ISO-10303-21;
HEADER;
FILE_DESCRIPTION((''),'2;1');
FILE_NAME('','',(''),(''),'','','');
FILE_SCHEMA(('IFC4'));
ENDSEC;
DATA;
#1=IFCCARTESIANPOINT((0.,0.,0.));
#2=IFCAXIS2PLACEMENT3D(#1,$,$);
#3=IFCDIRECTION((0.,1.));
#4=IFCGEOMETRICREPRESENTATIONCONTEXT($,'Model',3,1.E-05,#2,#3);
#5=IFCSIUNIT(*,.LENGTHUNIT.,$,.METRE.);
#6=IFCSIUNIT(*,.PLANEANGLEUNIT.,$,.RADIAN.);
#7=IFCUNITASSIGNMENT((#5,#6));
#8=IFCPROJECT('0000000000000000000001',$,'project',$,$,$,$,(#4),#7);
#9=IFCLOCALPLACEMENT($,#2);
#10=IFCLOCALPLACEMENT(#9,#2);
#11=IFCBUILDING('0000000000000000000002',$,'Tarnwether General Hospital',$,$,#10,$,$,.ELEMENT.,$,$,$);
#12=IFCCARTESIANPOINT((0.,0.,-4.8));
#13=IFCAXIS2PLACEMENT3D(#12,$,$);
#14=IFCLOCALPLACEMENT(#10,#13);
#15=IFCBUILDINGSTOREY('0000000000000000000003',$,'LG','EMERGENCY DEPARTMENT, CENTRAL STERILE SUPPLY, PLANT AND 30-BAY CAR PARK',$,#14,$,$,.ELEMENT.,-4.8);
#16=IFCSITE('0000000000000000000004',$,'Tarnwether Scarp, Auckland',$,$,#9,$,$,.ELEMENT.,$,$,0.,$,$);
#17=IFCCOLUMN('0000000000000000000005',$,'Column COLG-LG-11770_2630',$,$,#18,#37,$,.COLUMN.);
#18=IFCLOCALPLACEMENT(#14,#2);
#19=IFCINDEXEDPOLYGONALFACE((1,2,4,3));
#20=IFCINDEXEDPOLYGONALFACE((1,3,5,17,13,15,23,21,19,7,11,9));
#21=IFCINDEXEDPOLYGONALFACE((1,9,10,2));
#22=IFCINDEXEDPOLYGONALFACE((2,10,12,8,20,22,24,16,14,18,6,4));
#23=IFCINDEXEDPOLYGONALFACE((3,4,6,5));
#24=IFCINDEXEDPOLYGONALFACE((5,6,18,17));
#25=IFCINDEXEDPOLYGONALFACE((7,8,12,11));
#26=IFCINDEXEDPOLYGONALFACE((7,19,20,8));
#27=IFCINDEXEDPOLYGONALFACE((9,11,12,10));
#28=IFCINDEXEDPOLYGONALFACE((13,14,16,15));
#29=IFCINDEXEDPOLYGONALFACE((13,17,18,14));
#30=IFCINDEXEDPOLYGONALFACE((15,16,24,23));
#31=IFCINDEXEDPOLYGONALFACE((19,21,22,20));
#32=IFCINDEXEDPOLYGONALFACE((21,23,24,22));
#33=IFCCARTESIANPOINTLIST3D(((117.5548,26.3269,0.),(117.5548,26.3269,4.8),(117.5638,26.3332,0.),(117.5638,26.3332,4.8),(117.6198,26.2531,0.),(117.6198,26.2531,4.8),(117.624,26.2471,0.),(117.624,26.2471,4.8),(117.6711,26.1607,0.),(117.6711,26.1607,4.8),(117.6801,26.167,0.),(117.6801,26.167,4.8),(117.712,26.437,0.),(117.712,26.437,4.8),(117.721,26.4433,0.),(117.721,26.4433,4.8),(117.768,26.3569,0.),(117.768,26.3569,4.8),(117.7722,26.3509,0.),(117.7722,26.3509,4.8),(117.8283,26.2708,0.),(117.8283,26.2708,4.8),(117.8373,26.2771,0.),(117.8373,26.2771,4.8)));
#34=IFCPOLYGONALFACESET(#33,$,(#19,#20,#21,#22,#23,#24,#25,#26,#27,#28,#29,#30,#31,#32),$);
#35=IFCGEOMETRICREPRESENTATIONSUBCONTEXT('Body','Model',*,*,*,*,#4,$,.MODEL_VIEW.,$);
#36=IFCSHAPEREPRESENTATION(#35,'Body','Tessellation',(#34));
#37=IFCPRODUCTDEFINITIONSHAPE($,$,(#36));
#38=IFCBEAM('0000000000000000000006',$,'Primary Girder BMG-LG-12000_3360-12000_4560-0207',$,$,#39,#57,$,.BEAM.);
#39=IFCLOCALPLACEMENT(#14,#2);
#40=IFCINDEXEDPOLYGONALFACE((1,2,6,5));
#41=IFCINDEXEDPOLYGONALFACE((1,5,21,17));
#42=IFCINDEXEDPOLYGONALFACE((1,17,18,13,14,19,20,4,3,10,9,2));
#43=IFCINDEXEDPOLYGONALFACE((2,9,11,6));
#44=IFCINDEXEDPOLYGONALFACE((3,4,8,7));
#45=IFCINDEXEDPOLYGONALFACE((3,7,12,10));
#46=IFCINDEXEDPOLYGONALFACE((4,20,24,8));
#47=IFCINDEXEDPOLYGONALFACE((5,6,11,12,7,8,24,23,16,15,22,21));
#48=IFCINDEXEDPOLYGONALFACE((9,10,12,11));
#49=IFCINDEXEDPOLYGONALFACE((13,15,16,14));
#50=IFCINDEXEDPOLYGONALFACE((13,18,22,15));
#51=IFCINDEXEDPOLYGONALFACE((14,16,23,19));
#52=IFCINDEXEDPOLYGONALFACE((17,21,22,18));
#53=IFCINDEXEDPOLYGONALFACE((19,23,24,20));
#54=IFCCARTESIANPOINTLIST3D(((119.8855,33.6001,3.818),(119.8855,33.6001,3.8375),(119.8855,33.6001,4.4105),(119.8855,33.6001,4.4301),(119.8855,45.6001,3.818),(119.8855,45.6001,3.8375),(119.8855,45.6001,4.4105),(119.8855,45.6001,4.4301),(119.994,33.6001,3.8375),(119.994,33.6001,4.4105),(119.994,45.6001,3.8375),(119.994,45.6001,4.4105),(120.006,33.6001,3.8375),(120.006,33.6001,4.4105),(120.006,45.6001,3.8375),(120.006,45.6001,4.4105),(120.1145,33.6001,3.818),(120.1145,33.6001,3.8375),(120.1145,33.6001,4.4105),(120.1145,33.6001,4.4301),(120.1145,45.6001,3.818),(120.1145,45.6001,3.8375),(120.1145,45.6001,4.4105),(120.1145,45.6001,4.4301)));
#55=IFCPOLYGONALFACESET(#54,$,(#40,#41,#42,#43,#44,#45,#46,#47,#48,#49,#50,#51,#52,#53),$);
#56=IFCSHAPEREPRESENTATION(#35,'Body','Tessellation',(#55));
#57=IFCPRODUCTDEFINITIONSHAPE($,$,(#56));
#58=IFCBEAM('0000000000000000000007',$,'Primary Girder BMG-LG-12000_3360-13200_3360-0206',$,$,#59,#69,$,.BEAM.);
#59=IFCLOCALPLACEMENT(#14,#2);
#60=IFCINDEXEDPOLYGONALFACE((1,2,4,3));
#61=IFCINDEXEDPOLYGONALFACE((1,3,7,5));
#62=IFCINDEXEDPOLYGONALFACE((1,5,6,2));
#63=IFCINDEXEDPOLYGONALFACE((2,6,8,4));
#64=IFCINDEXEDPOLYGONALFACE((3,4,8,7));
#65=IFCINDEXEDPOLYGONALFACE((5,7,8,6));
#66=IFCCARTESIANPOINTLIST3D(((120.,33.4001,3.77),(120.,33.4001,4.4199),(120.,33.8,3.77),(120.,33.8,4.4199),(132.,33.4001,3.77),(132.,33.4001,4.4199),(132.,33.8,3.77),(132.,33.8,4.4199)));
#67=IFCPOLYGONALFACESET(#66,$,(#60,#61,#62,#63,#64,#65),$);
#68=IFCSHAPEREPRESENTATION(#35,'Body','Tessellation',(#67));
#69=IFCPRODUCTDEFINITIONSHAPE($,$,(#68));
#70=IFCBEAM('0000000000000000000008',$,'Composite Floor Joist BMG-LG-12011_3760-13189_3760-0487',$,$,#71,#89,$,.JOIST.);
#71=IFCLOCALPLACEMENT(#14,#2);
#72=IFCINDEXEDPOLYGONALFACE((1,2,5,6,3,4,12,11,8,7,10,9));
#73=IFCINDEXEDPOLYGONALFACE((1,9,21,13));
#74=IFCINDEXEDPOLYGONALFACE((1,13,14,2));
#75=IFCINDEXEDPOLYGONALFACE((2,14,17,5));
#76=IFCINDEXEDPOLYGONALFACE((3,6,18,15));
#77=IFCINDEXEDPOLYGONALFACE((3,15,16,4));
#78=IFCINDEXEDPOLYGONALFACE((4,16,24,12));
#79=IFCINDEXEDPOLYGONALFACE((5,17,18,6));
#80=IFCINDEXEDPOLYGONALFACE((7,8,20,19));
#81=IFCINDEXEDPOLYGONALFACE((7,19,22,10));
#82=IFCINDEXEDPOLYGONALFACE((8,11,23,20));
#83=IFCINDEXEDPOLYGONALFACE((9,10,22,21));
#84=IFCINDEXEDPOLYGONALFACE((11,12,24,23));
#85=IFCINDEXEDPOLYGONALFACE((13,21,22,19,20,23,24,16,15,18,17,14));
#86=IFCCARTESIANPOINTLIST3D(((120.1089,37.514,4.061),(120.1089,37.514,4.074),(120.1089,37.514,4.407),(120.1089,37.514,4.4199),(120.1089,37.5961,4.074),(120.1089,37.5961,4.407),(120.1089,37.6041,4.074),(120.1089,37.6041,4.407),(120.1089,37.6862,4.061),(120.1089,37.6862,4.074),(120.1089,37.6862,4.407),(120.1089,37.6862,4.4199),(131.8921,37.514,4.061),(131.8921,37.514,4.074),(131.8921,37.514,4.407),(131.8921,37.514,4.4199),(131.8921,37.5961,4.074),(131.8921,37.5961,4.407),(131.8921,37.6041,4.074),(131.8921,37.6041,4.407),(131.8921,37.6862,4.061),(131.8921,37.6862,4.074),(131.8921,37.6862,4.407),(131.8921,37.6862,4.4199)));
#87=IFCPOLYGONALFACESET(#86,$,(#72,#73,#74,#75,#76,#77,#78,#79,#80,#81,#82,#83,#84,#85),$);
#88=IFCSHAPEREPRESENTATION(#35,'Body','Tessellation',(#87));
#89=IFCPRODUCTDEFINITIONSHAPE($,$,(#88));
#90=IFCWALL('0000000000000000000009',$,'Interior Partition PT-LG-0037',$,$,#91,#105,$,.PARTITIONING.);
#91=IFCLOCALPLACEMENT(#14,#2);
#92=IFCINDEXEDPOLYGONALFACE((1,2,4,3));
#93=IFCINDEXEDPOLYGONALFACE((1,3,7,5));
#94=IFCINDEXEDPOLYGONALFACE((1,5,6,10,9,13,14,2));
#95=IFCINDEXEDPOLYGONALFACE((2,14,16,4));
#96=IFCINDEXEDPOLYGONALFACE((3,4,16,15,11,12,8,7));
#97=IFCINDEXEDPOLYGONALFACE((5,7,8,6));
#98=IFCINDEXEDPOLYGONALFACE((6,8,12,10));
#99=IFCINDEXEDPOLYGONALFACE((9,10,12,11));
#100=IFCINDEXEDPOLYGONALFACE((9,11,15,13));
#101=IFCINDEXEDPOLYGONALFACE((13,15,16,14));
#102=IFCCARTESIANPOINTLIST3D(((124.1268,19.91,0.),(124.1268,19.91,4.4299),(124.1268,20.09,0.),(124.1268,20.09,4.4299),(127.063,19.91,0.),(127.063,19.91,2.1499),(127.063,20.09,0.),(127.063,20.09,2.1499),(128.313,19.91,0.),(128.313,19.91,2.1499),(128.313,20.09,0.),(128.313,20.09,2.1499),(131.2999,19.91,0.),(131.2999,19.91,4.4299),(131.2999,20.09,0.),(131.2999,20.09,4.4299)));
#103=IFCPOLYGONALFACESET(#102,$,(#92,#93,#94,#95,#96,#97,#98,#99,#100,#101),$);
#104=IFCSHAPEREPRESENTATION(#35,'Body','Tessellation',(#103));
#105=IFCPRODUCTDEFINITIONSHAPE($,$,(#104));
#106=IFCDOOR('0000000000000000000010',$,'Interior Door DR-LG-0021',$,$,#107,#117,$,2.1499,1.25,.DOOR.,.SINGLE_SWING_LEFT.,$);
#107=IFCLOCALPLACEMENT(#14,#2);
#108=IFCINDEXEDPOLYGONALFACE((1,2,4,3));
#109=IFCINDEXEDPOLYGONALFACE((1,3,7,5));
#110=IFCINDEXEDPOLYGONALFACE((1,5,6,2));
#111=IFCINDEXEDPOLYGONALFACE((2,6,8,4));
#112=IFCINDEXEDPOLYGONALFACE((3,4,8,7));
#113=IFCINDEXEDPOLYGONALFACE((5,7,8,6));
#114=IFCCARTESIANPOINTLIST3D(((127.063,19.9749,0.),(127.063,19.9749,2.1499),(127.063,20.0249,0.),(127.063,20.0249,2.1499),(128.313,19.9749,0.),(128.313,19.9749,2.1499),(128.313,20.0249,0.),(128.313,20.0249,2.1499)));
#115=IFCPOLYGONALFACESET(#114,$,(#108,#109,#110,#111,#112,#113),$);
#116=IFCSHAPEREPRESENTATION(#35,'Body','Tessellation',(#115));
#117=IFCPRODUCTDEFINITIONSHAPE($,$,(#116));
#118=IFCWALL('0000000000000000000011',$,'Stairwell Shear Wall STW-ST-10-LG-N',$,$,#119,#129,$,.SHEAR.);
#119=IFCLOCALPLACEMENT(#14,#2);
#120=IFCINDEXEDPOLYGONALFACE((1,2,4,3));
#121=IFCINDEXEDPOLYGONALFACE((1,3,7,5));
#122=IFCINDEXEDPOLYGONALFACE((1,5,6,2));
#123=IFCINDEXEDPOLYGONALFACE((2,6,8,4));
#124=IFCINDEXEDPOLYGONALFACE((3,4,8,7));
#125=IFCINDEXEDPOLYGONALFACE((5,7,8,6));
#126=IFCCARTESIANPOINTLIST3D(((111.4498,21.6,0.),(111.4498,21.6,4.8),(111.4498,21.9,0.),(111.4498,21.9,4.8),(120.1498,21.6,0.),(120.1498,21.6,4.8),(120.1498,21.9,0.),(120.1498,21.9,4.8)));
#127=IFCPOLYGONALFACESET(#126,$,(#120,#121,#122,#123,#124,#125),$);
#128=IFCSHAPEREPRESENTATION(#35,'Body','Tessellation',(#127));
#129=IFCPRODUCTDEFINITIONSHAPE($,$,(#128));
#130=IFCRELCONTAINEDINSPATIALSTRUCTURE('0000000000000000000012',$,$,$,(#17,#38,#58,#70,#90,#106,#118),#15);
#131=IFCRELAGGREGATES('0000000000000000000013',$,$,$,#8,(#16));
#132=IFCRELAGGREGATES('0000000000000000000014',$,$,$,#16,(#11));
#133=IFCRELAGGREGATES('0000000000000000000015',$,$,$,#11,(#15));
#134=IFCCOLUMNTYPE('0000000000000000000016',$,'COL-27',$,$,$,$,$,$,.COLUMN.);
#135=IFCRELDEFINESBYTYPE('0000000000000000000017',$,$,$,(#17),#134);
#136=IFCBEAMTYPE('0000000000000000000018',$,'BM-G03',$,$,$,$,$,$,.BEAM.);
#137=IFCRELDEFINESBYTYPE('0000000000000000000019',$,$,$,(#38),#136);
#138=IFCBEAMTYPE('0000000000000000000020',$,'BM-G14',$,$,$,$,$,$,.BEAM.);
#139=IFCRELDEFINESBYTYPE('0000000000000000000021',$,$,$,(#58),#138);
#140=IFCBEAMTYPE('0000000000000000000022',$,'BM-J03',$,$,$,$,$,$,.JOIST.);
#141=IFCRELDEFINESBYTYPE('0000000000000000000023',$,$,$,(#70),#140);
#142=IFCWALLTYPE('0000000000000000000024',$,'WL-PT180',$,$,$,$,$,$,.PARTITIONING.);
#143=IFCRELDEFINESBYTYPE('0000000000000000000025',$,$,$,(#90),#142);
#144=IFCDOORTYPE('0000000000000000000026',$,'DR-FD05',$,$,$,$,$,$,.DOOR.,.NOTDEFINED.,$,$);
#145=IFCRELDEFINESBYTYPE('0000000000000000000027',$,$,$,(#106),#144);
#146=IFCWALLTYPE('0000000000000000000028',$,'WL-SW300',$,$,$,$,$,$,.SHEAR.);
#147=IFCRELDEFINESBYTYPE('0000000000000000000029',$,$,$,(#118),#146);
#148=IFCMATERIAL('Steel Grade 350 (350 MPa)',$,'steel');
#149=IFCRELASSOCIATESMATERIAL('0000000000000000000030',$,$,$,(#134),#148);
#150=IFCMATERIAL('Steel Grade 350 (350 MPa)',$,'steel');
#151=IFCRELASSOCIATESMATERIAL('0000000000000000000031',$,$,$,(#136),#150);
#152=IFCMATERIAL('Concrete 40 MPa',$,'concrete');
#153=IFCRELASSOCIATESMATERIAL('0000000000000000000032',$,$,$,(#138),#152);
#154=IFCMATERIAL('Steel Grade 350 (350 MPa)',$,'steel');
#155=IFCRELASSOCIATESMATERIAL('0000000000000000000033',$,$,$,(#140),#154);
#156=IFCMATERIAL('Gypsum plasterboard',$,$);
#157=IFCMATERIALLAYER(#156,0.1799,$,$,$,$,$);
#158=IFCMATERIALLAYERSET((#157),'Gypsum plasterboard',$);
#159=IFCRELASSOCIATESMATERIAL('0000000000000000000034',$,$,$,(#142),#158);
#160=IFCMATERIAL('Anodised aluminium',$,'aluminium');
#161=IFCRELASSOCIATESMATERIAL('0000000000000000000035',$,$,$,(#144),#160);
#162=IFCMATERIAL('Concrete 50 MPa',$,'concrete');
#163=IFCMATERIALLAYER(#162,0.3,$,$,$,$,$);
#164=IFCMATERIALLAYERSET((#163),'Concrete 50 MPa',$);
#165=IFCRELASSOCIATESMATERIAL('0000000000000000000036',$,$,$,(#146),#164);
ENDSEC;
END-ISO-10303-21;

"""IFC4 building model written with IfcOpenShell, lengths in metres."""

from ifc_helpers import new_model, si_unit, direction, frame, frame_2d, origin, origin_2d, place, context, subcontext, project, spatial, rectangle, i_section, extrude, material, layer, layer_set, material_profile, profile_set, type_object, element, fill, save


model = new_model("IFC4")

# Units and contexts
model_context = context("Model", 3, precision=1e-05, world=origin(), true_north=direction((0.0, 1.0)))
body_context = subcontext(model_context, "Body", "Model", "MODEL_VIEW")
ifc_project = project(units=[si_unit("LENGTHUNIT", "METRE"), si_unit("PLANEANGLEUNIT", "RADIAN")], contexts=[model_context])

# Site, building, storey
site_placement = place(None, origin())
site = spatial("IfcSite", under=ifc_project, at=site_placement, Name="Tarnwether Scarp, Auckland", CompositionType="ELEMENT", RefElevation=0.0)
building_placement = place(site_placement, origin())
building = spatial("IfcBuilding", under=site, at=building_placement, Name="Tarnwether General Hospital", CompositionType="ELEMENT")
storey_placement = place(building_placement, frame((0.0, 0.0, -4.8)))
storey = spatial("IfcBuildingStorey", under=building, at=storey_placement, Name="LG", Description="EMERGENCY DEPARTMENT, CENTRAL STERILE SUPPLY, PLANT AND 30-BAY CAR PARK", CompositionType="ELEMENT", Elevation=-4.8)

# Column
ifc_material_1 = material(Name="Steel Grade 350 (350 MPa)", Category="steel")
ifc_material_profile_1 = material_profile(ifc_material_1, i_section(OverallWidth=0.2029, OverallDepth=0.2029, WebThickness=0.0073, FlangeThickness=0.011, at=origin_2d()), Name="200UC46.2")
ifc_profile_set_1 = profile_set([ifc_material_profile_1], Name="Steel Grade 350 (350 MPa)")
column_type_1 = type_object("IfcColumnType", Name="COL-27", PredefinedType="COLUMN", material=ifc_profile_set_1)
column_1_placement = place(storey_placement, frame((117.696, 26.302, 0.0), z_axis=(0.0, 0.0, 1.0), x_axis=(-0.573576, 0.819152, 0.0)))
element("IfcColumn", 1, at=column_1_placement, inside=storey, type_object=column_type_1, Name="Column COLG-LG-11770_2630", PredefinedType="COLUMN", context=body_context, shape_type="SweptSolid", body=[
    extrude(i_section(OverallWidth=0.2029, OverallDepth=0.2029, WebThickness=0.0073, FlangeThickness=0.011, at=origin_2d()), origin(), (0.0, 0.0, 1.0), 4.8),
])

# Beams
ifc_material_2 = material(Name="Steel Grade 350 (350 MPa)", Category="steel")
ifc_material_profile_2 = material_profile(ifc_material_2, i_section(OverallWidth=0.229, OverallDepth=0.6121, WebThickness=0.012, FlangeThickness=0.0195, at=origin_2d()), Name="610UB125")
ifc_profile_set_2 = profile_set([ifc_material_profile_2], Name="Steel Grade 350 (350 MPa)")
beam_type_1 = type_object("IfcBeamType", Name="BM-G03", PredefinedType="BEAM", material=ifc_profile_set_2)
beam_1_placement = place(storey_placement, frame((120.0, 33.6001, 4.124), z_axis=(0.0, 1.0, 0.0), x_axis=(-1.0, 0.0, 0.0)))
element("IfcBeam", 2, at=beam_1_placement, inside=storey, type_object=beam_type_1, Name="Primary Girder BMG-LG-12000_3360-12000_4560-0207", PredefinedType="BEAM", context=body_context, shape_type="SweptSolid", body=[
    extrude(i_section(OverallWidth=0.229, OverallDepth=0.6121, WebThickness=0.012, FlangeThickness=0.0195, at=origin_2d()), origin(), (0.0, 0.0, 1.0), 12.0),
])
ifc_material_3 = material(Name="Concrete 40 MPa", Category="concrete")
ifc_material_profile_3 = material_profile(ifc_material_3, rectangle(XDim=0.3999, YDim=0.6499, at=origin_2d()), Name="RC-BM-400x650")
ifc_profile_set_3 = profile_set([ifc_material_profile_3], Name="Concrete 40 MPa")
beam_type_2 = type_object("IfcBeamType", Name="BM-G14", PredefinedType="BEAM", material=ifc_profile_set_3)
beam_2_placement = place(storey_placement, frame((120.0, 33.6001, 4.095), z_axis=(1.0, 0.0, 0.0), x_axis=(0.0, 1.0, 0.0)))
element("IfcBeam", 3, at=beam_2_placement, inside=storey, type_object=beam_type_2, Name="Primary Girder BMG-LG-12000_3360-13200_3360-0206", PredefinedType="BEAM", context=body_context, shape_type="SweptSolid", body=[
    extrude(rectangle(XDim=0.3999, YDim=0.6499, at=origin_2d()), origin(), (0.0, 0.0, 1.0), 12.0),
])
ifc_material_4 = material(Name="Steel Grade 350 (350 MPa)", Category="steel")
ifc_material_profile_4 = material_profile(ifc_material_4, i_section(OverallWidth=0.1721, OverallDepth=0.3589, WebThickness=0.0081, FlangeThickness=0.0129, at=origin_2d()), Name="360UB56.7")
ifc_profile_set_4 = profile_set([ifc_material_profile_4], Name="Steel Grade 350 (350 MPa)")
beam_type_3 = type_object("IfcBeamType", Name="BM-J03", PredefinedType="JOIST", material=ifc_profile_set_4)
beam_3_placement = place(storey_placement, frame((120.1089, 37.6001, 4.2405), z_axis=(1.0, 0.0, 0.0), x_axis=(0.0, 1.0, 0.0)))
element("IfcBeam", 4, at=beam_3_placement, inside=storey, type_object=beam_type_3, Name="Composite Floor Joist BMG-LG-12011_3760-13189_3760-0487", PredefinedType="JOIST", context=body_context, shape_type="SweptSolid", body=[
    extrude(i_section(OverallWidth=0.1721, OverallDepth=0.3589, WebThickness=0.0081, FlangeThickness=0.0129, at=origin_2d()), origin(), (0.0, 0.0, 1.0), 11.7832),
])

# Wall, opening, door
ifc_material_5 = material(Name="Gypsum plasterboard")
ifc_layer_1 = layer(ifc_material_5, 0.1799)
ifc_layer_set_1 = layer_set([ifc_layer_1], Name="Gypsum plasterboard")
wall_type_1 = type_object("IfcWallType", Name="WL-PT180", PredefinedType="PARTITIONING", material=ifc_layer_set_1)
wall_1_placement = place(storey_placement, frame((124.127, 20.0, 0.0), z_axis=(0.0, 0.0, 1.0), x_axis=(1.0, 0.0, 0.0)))
wall_1 = element("IfcWall", 5, at=wall_1_placement, inside=storey, type_object=wall_type_1, Name="Interior Partition PT-LG-0037", PredefinedType="PARTITIONING", context=body_context, shape_type="SweptSolid", body=[
    extrude(rectangle(XDim=7.1731, YDim=0.1799, at=frame_2d((3.5864, 0.0))), origin(), (0.0, 0.0, 1.0), 4.4299),
])
opening_placement = place(wall_1_placement, frame((2.936, 0.0, 0.0)))
opening = element("IfcOpeningElement", 6, at=opening_placement, cuts=wall_1, PredefinedType="OPENING", context=body_context, shape_type="SweptSolid", body=[
    extrude(rectangle(XDim=1.25, YDim=2.1499, at=frame_2d((0.625, 1.075))), frame((0.0, 0.1001, 0.0), z_axis=(0.0, -1.0, 0.0), x_axis=(1.0, 0.0, 0.0)), (0.0, 0.0, 1.0), 0.2),
])
ifc_material_6 = material(Name="Anodised aluminium", Category="aluminium")
door_type = type_object("IfcDoorType", Name="DR-FD05", OperationType="NOTDEFINED", PredefinedType="DOOR", material=ifc_material_6)
door_placement = place(opening_placement, origin())
door = element("IfcDoor", 7, at=door_placement, inside=storey, type_object=door_type, Name="Interior Door DR-LG-0021", OperationType="SINGLE_SWING_LEFT", OverallHeight=2.1499, OverallWidth=1.25, PredefinedType="DOOR", context=body_context, shape_type="SweptSolid", body=[
    extrude(rectangle(XDim=1.25, YDim=2.1499, at=frame_2d((0.625, 1.075))), frame((0.0, 0.0249, 0.0), z_axis=(0.0, -1.0, 0.0), x_axis=(1.0, 0.0, 0.0)), (0.0, 0.0, 1.0), 0.05),
])
fill(opening, door)

# Wall
ifc_material_7 = material(Name="Concrete 50 MPa", Category="concrete")
ifc_layer_2 = layer(ifc_material_7, 0.3)
ifc_layer_set_2 = layer_set([ifc_layer_2], Name="Concrete 50 MPa")
wall_type_2 = type_object("IfcWallType", Name="WL-SW300", PredefinedType="SHEAR", material=ifc_layer_set_2)
wall_2_placement = place(storey_placement, frame((120.1499, 21.75, 0.0), z_axis=(0.0, 0.0, 1.0), x_axis=(-1.0, 0.0, 0.0)))
element("IfcWall", 8, at=wall_2_placement, inside=storey, type_object=wall_type_2, Name="Stairwell Shear Wall STW-ST-10-LG-N", PredefinedType="SHEAR", context=body_context, shape_type="SweptSolid", body=[
    extrude(rectangle(XDim=8.7, YDim=0.3, at=frame_2d((4.3501, 0.0))), origin(), (0.0, 0.0, 1.0), 4.8),
])

save(model, "model.ifc")
